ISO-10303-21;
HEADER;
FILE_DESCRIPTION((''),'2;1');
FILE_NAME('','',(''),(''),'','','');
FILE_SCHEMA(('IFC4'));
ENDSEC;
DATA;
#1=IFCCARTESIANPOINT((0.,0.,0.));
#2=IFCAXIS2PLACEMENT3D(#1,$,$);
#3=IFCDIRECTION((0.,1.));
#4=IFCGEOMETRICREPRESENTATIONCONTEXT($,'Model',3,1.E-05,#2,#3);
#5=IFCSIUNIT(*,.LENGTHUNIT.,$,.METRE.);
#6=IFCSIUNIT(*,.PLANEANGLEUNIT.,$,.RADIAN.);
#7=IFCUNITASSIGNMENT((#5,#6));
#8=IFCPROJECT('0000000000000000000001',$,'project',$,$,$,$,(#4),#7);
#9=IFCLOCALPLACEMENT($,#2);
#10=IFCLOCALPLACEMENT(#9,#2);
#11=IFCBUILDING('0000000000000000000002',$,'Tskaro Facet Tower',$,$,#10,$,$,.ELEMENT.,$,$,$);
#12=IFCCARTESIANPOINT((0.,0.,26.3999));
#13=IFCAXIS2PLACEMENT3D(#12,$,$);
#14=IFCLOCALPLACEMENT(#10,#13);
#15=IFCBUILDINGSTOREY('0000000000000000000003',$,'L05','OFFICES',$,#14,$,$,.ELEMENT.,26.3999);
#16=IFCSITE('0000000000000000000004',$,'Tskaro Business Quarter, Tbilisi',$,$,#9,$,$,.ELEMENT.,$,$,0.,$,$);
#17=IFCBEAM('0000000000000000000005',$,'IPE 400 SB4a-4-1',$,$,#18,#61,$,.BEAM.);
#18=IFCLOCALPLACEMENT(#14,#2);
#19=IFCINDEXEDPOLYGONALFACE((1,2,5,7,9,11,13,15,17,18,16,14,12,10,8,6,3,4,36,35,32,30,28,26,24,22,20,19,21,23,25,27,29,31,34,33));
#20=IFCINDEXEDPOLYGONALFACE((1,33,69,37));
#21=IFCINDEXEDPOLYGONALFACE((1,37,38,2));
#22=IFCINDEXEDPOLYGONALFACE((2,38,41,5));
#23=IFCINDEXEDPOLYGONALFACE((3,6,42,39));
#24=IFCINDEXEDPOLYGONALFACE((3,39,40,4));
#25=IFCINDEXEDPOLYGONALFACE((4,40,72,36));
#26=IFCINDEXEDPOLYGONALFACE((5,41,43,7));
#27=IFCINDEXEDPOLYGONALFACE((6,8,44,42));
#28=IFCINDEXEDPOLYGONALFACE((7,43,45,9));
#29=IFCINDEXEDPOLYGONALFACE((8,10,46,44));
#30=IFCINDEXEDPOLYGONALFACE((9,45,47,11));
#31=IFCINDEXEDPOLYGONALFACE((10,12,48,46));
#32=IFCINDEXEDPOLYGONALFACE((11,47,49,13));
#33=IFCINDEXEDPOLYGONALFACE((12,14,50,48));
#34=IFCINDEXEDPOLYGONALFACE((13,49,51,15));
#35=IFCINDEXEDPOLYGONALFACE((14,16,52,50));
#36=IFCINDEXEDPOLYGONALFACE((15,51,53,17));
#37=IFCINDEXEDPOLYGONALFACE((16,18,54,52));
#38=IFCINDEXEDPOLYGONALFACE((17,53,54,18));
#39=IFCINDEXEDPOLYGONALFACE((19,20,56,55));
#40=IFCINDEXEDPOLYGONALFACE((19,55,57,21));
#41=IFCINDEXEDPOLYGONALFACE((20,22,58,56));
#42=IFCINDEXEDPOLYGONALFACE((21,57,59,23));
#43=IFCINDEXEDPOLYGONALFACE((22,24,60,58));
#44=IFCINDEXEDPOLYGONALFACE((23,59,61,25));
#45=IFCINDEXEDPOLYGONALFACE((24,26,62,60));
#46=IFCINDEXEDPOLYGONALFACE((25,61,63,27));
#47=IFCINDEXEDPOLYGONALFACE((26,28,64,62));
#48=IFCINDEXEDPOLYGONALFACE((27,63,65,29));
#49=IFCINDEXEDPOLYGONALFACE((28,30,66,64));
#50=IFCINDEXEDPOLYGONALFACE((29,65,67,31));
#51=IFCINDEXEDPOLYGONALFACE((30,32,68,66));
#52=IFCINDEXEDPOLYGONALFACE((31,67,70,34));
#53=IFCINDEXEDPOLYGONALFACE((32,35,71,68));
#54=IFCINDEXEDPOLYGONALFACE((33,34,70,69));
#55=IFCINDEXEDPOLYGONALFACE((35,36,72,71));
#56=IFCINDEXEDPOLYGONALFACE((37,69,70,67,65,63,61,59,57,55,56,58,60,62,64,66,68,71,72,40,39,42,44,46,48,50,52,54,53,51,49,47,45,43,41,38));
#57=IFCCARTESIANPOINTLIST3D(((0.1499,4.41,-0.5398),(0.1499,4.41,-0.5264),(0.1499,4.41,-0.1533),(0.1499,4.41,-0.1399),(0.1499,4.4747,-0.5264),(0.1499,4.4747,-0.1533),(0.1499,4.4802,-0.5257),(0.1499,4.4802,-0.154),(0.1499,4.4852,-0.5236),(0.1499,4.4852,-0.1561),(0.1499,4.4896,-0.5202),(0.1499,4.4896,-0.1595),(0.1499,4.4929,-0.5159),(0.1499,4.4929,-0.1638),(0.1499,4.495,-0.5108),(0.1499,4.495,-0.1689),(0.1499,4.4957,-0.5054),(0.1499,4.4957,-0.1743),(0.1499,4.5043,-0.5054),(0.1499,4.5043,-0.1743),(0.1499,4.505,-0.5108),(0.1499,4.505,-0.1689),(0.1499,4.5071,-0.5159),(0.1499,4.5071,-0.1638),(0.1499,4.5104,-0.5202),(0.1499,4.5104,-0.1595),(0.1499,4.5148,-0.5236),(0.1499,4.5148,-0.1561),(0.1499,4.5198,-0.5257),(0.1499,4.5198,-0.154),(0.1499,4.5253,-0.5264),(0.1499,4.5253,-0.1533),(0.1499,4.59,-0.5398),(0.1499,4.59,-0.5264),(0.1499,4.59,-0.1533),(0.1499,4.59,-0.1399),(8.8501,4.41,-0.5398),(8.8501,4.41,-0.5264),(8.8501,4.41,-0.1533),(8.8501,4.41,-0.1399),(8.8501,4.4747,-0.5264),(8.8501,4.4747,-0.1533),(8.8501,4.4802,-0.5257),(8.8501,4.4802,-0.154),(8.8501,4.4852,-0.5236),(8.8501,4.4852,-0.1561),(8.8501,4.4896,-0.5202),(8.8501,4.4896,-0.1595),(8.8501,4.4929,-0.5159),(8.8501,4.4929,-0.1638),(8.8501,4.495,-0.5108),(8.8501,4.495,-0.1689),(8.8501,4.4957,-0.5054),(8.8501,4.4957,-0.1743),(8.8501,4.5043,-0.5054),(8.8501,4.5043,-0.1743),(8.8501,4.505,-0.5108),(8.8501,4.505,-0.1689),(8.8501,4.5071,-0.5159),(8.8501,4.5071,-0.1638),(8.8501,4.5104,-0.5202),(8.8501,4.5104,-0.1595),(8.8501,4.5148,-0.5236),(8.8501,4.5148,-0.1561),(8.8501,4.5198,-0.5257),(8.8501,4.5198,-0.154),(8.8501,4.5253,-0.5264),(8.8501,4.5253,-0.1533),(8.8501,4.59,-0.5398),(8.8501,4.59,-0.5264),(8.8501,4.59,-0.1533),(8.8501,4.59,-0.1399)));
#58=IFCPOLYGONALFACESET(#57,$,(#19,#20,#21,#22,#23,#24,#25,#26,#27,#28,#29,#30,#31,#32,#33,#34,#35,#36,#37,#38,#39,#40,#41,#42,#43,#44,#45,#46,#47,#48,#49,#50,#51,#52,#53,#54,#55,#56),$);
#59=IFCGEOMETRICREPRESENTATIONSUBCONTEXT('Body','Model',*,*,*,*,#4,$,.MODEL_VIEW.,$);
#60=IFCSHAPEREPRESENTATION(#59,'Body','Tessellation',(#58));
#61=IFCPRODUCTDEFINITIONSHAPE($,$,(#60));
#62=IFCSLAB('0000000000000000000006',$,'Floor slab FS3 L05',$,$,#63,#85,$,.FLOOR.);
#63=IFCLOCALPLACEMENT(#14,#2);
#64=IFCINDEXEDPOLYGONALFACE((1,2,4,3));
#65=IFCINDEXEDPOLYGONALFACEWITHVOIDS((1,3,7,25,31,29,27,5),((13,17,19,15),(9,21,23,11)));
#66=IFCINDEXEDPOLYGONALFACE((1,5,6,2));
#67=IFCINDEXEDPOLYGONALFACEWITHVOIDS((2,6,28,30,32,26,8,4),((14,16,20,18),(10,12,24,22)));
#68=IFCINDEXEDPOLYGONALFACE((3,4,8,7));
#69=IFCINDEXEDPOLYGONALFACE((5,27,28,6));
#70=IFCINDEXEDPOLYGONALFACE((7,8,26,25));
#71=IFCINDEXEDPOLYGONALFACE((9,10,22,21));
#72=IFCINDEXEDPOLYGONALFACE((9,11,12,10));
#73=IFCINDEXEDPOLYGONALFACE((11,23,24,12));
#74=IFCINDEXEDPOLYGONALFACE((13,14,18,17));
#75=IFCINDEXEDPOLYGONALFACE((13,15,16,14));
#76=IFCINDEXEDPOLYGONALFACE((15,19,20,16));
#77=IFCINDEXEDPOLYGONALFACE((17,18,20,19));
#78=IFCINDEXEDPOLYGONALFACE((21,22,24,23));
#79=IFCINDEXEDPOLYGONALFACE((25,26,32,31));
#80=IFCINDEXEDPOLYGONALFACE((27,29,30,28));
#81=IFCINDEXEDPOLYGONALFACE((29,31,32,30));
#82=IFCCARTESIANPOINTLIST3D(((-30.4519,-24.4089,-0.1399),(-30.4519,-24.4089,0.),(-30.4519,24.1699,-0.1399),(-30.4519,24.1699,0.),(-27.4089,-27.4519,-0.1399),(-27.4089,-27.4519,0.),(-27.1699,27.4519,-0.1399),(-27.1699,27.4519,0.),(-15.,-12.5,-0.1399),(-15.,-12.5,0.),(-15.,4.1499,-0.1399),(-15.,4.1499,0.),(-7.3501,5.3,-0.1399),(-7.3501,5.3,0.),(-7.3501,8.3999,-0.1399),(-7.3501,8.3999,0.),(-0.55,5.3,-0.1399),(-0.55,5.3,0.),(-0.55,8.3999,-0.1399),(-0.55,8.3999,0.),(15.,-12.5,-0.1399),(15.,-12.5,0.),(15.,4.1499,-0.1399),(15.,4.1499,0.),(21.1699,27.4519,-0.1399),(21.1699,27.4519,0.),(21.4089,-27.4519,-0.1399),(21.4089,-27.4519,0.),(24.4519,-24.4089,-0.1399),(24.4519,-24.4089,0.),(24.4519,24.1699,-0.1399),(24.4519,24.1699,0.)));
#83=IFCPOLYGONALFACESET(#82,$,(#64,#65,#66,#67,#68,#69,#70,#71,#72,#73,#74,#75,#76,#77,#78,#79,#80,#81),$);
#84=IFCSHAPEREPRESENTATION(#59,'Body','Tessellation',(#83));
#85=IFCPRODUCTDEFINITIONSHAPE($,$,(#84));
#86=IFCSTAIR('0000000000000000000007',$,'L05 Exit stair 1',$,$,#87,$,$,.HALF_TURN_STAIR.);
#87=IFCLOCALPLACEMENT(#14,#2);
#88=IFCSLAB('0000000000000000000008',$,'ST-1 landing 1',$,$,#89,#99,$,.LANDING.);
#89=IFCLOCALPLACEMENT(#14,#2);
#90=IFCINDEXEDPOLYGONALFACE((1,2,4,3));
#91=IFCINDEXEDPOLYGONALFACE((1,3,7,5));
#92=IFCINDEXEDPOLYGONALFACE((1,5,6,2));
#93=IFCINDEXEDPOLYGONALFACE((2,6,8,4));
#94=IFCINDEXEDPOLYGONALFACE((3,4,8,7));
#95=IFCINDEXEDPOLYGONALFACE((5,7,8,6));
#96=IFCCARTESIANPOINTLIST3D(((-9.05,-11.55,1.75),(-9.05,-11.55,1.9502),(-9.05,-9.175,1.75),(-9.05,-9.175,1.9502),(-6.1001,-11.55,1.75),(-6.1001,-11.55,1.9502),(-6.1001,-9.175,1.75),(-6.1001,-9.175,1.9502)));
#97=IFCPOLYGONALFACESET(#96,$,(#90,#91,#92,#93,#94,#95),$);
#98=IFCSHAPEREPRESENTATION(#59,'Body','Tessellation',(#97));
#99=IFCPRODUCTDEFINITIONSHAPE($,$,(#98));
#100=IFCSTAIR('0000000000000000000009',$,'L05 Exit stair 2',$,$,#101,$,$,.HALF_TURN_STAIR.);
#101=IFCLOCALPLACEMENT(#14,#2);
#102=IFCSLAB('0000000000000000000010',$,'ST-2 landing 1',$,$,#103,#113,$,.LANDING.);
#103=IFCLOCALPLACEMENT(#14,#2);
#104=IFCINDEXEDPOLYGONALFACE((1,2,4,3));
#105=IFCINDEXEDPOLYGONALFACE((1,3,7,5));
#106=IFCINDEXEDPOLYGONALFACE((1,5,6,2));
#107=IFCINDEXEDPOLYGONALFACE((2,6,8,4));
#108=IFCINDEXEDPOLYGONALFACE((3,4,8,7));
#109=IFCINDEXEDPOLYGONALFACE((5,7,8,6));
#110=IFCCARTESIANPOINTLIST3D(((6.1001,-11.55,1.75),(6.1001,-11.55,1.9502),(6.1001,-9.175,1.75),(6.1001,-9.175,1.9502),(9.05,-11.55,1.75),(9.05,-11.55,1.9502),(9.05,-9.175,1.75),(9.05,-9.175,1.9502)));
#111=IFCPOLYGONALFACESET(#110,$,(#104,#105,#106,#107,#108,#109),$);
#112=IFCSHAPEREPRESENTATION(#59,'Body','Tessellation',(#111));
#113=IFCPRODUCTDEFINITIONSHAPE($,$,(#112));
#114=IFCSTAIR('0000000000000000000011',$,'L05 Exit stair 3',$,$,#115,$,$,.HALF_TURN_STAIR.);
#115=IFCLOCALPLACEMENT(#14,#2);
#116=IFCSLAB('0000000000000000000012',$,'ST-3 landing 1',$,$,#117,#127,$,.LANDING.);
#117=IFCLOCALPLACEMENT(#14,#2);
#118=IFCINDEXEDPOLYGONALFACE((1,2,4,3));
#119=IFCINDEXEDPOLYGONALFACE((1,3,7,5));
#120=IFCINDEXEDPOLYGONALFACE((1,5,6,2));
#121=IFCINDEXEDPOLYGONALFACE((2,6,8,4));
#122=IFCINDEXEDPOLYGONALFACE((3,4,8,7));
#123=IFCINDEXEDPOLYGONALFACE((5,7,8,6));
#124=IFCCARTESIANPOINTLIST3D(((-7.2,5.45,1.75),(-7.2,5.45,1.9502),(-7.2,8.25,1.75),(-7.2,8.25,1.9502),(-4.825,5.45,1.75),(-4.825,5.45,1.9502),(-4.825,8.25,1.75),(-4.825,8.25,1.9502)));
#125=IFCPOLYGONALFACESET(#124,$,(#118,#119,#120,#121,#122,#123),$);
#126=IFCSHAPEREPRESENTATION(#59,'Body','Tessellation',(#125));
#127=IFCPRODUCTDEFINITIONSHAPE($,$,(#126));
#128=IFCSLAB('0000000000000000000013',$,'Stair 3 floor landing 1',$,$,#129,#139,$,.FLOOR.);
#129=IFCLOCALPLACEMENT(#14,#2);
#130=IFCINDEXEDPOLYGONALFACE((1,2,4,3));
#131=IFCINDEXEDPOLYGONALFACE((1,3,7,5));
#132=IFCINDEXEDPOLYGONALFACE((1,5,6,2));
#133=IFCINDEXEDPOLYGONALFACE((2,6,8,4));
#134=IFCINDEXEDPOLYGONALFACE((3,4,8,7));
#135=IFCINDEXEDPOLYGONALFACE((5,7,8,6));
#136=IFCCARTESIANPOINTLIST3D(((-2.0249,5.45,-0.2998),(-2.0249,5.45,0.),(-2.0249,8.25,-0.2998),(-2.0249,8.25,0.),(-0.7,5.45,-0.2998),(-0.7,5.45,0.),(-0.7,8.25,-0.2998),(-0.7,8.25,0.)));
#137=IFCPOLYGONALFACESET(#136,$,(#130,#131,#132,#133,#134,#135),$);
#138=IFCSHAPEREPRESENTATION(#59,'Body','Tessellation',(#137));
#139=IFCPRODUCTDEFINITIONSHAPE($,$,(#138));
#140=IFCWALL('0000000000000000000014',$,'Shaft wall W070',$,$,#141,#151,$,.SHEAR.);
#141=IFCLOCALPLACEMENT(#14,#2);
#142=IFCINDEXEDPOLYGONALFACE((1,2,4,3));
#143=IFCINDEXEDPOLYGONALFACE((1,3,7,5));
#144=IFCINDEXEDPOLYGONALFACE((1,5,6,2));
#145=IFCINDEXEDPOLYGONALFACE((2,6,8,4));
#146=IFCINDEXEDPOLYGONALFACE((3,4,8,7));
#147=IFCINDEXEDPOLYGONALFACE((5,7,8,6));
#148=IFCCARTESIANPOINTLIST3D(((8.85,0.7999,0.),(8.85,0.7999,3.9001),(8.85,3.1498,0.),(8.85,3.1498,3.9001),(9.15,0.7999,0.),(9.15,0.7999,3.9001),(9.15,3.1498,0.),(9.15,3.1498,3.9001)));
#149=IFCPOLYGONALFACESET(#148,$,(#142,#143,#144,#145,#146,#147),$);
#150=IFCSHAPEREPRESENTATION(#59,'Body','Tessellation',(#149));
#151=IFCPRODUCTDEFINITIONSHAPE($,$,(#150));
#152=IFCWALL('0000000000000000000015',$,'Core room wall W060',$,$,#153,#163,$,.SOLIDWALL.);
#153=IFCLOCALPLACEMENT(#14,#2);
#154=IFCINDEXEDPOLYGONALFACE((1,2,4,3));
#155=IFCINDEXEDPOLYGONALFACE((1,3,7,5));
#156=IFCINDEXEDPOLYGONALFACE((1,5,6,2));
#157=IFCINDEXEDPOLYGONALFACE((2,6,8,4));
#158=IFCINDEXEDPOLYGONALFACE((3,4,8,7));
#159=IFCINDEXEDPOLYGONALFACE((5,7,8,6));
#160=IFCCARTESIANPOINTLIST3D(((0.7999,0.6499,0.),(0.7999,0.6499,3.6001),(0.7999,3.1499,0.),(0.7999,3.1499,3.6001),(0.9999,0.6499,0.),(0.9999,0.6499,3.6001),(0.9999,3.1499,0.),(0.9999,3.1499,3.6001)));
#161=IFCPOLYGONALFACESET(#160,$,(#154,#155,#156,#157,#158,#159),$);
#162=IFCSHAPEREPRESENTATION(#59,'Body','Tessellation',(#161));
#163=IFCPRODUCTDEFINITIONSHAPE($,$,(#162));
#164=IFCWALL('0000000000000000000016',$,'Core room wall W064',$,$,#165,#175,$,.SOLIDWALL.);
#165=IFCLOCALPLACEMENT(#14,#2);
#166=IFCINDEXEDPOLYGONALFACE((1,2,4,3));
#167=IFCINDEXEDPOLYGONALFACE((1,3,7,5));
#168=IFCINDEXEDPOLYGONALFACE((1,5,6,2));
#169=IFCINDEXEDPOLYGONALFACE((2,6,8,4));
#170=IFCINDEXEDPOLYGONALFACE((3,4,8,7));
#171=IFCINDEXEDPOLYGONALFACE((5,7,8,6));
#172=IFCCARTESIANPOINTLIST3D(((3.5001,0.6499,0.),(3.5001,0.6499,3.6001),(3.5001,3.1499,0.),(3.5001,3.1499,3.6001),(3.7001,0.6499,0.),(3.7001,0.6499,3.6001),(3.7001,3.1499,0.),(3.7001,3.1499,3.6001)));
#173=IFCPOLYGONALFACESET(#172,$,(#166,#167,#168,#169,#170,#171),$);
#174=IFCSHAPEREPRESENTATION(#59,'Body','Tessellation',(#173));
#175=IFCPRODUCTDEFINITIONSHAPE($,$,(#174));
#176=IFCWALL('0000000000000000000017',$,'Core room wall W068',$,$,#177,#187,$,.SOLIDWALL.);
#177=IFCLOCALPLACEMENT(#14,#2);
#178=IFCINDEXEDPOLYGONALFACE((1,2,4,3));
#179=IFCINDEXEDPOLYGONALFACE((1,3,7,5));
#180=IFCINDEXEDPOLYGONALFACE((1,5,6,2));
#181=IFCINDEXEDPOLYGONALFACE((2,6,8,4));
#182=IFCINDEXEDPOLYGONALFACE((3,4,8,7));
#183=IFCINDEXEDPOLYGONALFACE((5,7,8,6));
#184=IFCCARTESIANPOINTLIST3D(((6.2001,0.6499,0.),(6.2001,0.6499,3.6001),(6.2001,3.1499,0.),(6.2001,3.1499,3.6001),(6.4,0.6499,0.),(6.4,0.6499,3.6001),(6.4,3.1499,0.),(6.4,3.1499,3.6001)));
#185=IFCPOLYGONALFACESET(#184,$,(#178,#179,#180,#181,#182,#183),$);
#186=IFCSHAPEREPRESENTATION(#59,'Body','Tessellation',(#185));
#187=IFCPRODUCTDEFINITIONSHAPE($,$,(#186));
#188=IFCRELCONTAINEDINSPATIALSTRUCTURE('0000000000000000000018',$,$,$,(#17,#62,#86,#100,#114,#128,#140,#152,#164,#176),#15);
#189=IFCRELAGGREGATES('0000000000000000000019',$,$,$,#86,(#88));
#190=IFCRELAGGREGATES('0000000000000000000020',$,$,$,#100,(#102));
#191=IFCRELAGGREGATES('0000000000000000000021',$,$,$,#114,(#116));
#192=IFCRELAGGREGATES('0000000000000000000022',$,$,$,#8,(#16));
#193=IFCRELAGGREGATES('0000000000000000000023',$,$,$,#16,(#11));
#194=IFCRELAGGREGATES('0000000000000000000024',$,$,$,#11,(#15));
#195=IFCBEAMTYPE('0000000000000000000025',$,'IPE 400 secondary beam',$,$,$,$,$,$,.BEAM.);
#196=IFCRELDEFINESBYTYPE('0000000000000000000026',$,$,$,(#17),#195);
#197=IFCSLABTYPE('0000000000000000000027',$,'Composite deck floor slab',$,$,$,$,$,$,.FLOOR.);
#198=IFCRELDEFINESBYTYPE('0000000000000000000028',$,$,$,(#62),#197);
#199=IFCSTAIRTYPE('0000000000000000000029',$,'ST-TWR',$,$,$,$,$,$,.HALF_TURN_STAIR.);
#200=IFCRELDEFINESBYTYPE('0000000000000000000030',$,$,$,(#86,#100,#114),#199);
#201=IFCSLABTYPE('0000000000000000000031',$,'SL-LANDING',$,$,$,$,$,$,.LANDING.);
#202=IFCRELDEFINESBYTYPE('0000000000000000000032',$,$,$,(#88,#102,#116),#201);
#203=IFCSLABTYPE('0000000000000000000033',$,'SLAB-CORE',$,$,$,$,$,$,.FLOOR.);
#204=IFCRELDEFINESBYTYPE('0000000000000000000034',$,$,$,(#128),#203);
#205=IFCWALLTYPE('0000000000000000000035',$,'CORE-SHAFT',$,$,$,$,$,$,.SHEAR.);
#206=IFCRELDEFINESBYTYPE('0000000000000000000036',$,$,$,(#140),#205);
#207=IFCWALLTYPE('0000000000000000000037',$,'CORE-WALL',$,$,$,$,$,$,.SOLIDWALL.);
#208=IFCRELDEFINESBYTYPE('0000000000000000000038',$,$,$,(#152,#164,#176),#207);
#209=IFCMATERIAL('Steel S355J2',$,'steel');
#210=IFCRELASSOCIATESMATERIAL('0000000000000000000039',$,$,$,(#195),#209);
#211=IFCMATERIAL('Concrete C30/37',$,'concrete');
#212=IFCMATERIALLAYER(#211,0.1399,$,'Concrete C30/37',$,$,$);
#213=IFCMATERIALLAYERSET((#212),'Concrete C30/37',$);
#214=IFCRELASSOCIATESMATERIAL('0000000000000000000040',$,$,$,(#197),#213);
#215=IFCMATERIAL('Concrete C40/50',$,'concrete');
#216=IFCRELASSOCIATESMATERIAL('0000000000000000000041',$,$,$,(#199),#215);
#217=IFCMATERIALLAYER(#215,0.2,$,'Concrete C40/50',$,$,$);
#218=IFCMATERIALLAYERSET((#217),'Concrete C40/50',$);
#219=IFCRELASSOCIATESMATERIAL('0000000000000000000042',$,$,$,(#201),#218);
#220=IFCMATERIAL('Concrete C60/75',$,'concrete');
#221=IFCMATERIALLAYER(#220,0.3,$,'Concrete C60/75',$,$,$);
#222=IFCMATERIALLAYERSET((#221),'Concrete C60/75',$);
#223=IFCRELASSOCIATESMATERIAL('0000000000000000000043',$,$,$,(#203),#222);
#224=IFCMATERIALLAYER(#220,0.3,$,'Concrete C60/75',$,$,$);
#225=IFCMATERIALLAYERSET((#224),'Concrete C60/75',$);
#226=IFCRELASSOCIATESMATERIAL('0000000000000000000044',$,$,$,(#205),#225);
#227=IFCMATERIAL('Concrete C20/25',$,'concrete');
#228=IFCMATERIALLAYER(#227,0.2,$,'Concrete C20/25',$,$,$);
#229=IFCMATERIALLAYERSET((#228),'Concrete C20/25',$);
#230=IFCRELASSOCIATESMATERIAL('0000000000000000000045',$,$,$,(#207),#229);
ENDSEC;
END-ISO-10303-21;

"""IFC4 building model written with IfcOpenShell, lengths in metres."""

from ifc_helpers import new_model, si_unit, direction, frame, frame_2d, origin, origin_2d, place, context, subcontext, project, spatial, polyline, rectangle, i_section, outline, extrude, material, layer, layer_set, material_profile, profile_set, type_object, element, aggregate, save


model = new_model("IFC4")

# Units and contexts
model_context = context("Model", 3, precision=1e-05, world=origin(), true_north=direction((0.0, 1.0)))
body_context = subcontext(model_context, "Body", "Model", "MODEL_VIEW")
ifc_project = project(units=[si_unit("LENGTHUNIT", "METRE"), si_unit("PLANEANGLEUNIT", "RADIAN")], contexts=[model_context])

# Site, building, storey
site_placement = place(None, origin())
site = spatial("IfcSite", under=ifc_project, at=site_placement, Name="Tskaro Business Quarter, Tbilisi", CompositionType="ELEMENT", RefElevation=0.0)
building_placement = place(site_placement, origin())
building = spatial("IfcBuilding", under=site, at=building_placement, Name="Tskaro Facet Tower", CompositionType="ELEMENT")
storey_placement = place(building_placement, frame((0.0, 0.0, 26.3999)))
storey = spatial("IfcBuildingStorey", under=building, at=storey_placement, Name="L05", Description="OFFICES", CompositionType="ELEMENT", Elevation=26.3999)

# Beam
ifc_material_1 = material(Name="Steel S355J2", Category="steel")
ifc_material_profile_1 = material_profile(ifc_material_1, i_section(OverallWidth=0.1799, OverallDepth=0.3999, WebThickness=0.0085, FlangeThickness=0.0134, FilletRadius=0.021, at=origin_2d()), Name="IPE 400")
ifc_profile_set_1 = profile_set([ifc_material_profile_1], Name="Steel S355J2")
beam_type_1 = type_object("IfcBeamType", Name="IPE 400 secondary beam", PredefinedType="BEAM", material=ifc_profile_set_1)
beam_1_placement = place(storey_placement, frame((0.1499, 4.5, -0.3398), z_axis=(1.0, 0.0, 0.0), x_axis=(0.0, 1.0, 0.0)))
element("IfcBeam", 1, at=beam_1_placement, inside=storey, type_object=beam_type_1, Name="IPE 400 SB4a-4-1", PredefinedType="BEAM", context=body_context, shape_type="SweptSolid", body=[
    extrude(i_section(OverallWidth=0.1799, OverallDepth=0.3999, WebThickness=0.0085, FlangeThickness=0.0134, FilletRadius=0.021, at=origin_2d()), origin(), (0.0, 0.0, 1.0), 8.7002),
])

# Slab
ifc_material_2 = material(Name="Concrete C30/37", Category="concrete")
ifc_layer_1 = layer(ifc_material_2, 0.1399, Name="Concrete C30/37")
ifc_layer_set_1 = layer_set([ifc_layer_1], Name="Concrete C30/37")
slab_type_1 = type_object("IfcSlabType", Name="Composite deck floor slab", PredefinedType="FLOOR", material=ifc_layer_set_1)
slab_1_placement = place(storey_placement, frame((0.0, 0.0, -0.1399)))
element("IfcSlab", 2, at=slab_1_placement, inside=storey, type_object=slab_type_1, Name="Floor slab FS3 L05", PredefinedType="FLOOR", context=body_context, shape_type="SweptSolid", body=[
    extrude(outline(polyline([(-27.4089, -27.4519), (21.4089, -27.4519), (24.4519, -24.4089), (24.4519, 24.1699), (21.1699, 27.4519), (-27.1699, 27.4519), (-30.4519, 24.1699), (-30.4519, -24.4089), (-27.4089, -27.4519)]), holes=[polyline([(-15.0, -12.5), (15.0, -12.5), (15.0, 4.1499), (-15.0, 4.1499), (-15.0, -12.5)]), polyline([(-7.3501, 5.3), (-0.55, 5.3), (-0.55, 8.3999), (-7.3501, 8.3999), (-7.3501, 5.3)])]), origin(), (0.0, 0.0, 1.0), 0.1399),
])

# Stairs, slabs
ifc_material_3 = material(Name="Concrete C40/50", Category="concrete")
stair_type = type_object("IfcStairType", Name="ST-TWR", PredefinedType="HALF_TURN_STAIR", material=ifc_material_3)
stair_1_placement = place(storey_placement, origin())
stair_1 = element("IfcStair", 3, at=stair_1_placement, inside=storey, type_object=stair_type, Name="L05 Exit stair 1", PredefinedType="HALF_TURN_STAIR")
ifc_layer_2 = layer(ifc_material_3, 0.2, Name="Concrete C40/50")
ifc_layer_set_2 = layer_set([ifc_layer_2], Name="Concrete C40/50")
slab_type_2 = type_object("IfcSlabType", Name="SL-LANDING", PredefinedType="LANDING", material=ifc_layer_set_2)
slab_2_placement = place(storey_placement, frame((0.0, 0.0, 1.75)))
slab_2 = element("IfcSlab", 4, at=slab_2_placement, type_object=slab_type_2, Name="ST-1 landing 1", PredefinedType="LANDING", context=body_context, shape_type="SweptSolid", body=[
    extrude(outline(polyline([(-9.05, -11.55), (-6.1001, -11.55), (-6.1001, -9.175), (-9.05, -9.175), (-9.05, -11.55)])), origin(), (0.0, 0.0, 1.0), 0.2002),
])
aggregate(stair_1, [slab_2])
stair_2_placement = place(storey_placement, origin())
stair_2 = element("IfcStair", 5, at=stair_2_placement, inside=storey, type_object=stair_type, Name="L05 Exit stair 2", PredefinedType="HALF_TURN_STAIR")
slab_3_placement = place(storey_placement, frame((0.0, 0.0, 1.75)))
slab_3 = element("IfcSlab", 6, at=slab_3_placement, type_object=slab_type_2, Name="ST-2 landing 1", PredefinedType="LANDING", context=body_context, shape_type="SweptSolid", body=[
    extrude(outline(polyline([(6.1001, -11.55), (9.05, -11.55), (9.05, -9.175), (6.1001, -9.175), (6.1001, -11.55)])), origin(), (0.0, 0.0, 1.0), 0.2002),
])
aggregate(stair_2, [slab_3])
stair_3_placement = place(storey_placement, origin())
stair_3 = element("IfcStair", 7, at=stair_3_placement, inside=storey, type_object=stair_type, Name="L05 Exit stair 3", PredefinedType="HALF_TURN_STAIR")
slab_4_placement = place(storey_placement, frame((0.0, 0.0, 1.75)))
slab_4 = element("IfcSlab", 8, at=slab_4_placement, type_object=slab_type_2, Name="ST-3 landing 1", PredefinedType="LANDING", context=body_context, shape_type="SweptSolid", body=[
    extrude(outline(polyline([(-7.2, 5.45), (-4.825, 5.45), (-4.825, 8.25), (-7.2, 8.25), (-7.2, 5.45)])), origin(), (0.0, 0.0, 1.0), 0.2002),
])
aggregate(stair_3, [slab_4])

# Slab
ifc_material_4 = material(Name="Concrete C60/75", Category="concrete")
ifc_layer_3 = layer(ifc_material_4, 0.3, Name="Concrete C60/75")
ifc_layer_set_3 = layer_set([ifc_layer_3], Name="Concrete C60/75")
slab_type_3 = type_object("IfcSlabType", Name="SLAB-CORE", PredefinedType="FLOOR", material=ifc_layer_set_3)
slab_5_placement = place(storey_placement, frame((0.0, 0.0, -0.2998)))
element("IfcSlab", 9, at=slab_5_placement, inside=storey, type_object=slab_type_3, Name="Stair 3 floor landing 1", PredefinedType="FLOOR", context=body_context, shape_type="SweptSolid", body=[
    extrude(outline(polyline([(-2.0249, 5.45), (-0.7, 5.45), (-0.7, 8.25), (-2.0249, 8.25), (-2.0249, 5.45)])), origin(), (0.0, 0.0, 1.0), 0.2998),
])

# Walls
ifc_layer_4 = layer(ifc_material_4, 0.3, Name="Concrete C60/75")
ifc_layer_set_4 = layer_set([ifc_layer_4], Name="Concrete C60/75")
wall_type_1 = type_object("IfcWallType", Name="CORE-SHAFT", PredefinedType="SHEAR", material=ifc_layer_set_4)
wall_1_placement = place(storey_placement, frame((9.0, 0.8, 0.0), z_axis=(0.0, 0.0, 1.0), x_axis=(0.0, 1.0, 0.0)))
element("IfcWall", 10, at=wall_1_placement, inside=storey, type_object=wall_type_1, Name="Shaft wall W070", PredefinedType="SHEAR", context=body_context, shape_type="SweptSolid", body=[
    extrude(rectangle(XDim=2.3499, YDim=0.3, at=frame_2d((1.1748, 0.0))), origin(), (0.0, 0.0, 1.0), 3.9001),
])
ifc_material_5 = material(Name="Concrete C20/25", Category="concrete")
ifc_layer_5 = layer(ifc_material_5, 0.2, Name="Concrete C20/25")
ifc_layer_set_5 = layer_set([ifc_layer_5], Name="Concrete C20/25")
wall_type_2 = type_object("IfcWallType", Name="CORE-WALL", PredefinedType="SOLIDWALL", material=ifc_layer_set_5)
for number, where, z_axis, x_axis, name in (
    (11, (0.8999, 0.6499, 0.0), (0.0, 0.0, 1.0), (0.0, 1.0, 0.0), "Core room wall W060"),
    (12, (3.6001, 0.6499, 0.0), (0.0, 0.0, 1.0), (0.0, 1.0, 0.0), "Core room wall W064"),
    (13, (6.3, 0.6499, 0.0), (0.0, 0.0, 1.0), (0.0, 1.0, 0.0), "Core room wall W068"),
):
    element("IfcWall", number, at=place(storey_placement, frame(where, z_axis=z_axis, x_axis=x_axis)), inside=storey, type_object=wall_type_2, Name=name, PredefinedType="SOLIDWALL", context=body_context, shape_type="SweptSolid", body=[
        extrude(rectangle(XDim=2.5, YDim=0.2, at=frame_2d((1.25, 0.0))), origin(), (0.0, 0.0, 1.0), 3.6001),
    ])

save(model, "model.ifc")
